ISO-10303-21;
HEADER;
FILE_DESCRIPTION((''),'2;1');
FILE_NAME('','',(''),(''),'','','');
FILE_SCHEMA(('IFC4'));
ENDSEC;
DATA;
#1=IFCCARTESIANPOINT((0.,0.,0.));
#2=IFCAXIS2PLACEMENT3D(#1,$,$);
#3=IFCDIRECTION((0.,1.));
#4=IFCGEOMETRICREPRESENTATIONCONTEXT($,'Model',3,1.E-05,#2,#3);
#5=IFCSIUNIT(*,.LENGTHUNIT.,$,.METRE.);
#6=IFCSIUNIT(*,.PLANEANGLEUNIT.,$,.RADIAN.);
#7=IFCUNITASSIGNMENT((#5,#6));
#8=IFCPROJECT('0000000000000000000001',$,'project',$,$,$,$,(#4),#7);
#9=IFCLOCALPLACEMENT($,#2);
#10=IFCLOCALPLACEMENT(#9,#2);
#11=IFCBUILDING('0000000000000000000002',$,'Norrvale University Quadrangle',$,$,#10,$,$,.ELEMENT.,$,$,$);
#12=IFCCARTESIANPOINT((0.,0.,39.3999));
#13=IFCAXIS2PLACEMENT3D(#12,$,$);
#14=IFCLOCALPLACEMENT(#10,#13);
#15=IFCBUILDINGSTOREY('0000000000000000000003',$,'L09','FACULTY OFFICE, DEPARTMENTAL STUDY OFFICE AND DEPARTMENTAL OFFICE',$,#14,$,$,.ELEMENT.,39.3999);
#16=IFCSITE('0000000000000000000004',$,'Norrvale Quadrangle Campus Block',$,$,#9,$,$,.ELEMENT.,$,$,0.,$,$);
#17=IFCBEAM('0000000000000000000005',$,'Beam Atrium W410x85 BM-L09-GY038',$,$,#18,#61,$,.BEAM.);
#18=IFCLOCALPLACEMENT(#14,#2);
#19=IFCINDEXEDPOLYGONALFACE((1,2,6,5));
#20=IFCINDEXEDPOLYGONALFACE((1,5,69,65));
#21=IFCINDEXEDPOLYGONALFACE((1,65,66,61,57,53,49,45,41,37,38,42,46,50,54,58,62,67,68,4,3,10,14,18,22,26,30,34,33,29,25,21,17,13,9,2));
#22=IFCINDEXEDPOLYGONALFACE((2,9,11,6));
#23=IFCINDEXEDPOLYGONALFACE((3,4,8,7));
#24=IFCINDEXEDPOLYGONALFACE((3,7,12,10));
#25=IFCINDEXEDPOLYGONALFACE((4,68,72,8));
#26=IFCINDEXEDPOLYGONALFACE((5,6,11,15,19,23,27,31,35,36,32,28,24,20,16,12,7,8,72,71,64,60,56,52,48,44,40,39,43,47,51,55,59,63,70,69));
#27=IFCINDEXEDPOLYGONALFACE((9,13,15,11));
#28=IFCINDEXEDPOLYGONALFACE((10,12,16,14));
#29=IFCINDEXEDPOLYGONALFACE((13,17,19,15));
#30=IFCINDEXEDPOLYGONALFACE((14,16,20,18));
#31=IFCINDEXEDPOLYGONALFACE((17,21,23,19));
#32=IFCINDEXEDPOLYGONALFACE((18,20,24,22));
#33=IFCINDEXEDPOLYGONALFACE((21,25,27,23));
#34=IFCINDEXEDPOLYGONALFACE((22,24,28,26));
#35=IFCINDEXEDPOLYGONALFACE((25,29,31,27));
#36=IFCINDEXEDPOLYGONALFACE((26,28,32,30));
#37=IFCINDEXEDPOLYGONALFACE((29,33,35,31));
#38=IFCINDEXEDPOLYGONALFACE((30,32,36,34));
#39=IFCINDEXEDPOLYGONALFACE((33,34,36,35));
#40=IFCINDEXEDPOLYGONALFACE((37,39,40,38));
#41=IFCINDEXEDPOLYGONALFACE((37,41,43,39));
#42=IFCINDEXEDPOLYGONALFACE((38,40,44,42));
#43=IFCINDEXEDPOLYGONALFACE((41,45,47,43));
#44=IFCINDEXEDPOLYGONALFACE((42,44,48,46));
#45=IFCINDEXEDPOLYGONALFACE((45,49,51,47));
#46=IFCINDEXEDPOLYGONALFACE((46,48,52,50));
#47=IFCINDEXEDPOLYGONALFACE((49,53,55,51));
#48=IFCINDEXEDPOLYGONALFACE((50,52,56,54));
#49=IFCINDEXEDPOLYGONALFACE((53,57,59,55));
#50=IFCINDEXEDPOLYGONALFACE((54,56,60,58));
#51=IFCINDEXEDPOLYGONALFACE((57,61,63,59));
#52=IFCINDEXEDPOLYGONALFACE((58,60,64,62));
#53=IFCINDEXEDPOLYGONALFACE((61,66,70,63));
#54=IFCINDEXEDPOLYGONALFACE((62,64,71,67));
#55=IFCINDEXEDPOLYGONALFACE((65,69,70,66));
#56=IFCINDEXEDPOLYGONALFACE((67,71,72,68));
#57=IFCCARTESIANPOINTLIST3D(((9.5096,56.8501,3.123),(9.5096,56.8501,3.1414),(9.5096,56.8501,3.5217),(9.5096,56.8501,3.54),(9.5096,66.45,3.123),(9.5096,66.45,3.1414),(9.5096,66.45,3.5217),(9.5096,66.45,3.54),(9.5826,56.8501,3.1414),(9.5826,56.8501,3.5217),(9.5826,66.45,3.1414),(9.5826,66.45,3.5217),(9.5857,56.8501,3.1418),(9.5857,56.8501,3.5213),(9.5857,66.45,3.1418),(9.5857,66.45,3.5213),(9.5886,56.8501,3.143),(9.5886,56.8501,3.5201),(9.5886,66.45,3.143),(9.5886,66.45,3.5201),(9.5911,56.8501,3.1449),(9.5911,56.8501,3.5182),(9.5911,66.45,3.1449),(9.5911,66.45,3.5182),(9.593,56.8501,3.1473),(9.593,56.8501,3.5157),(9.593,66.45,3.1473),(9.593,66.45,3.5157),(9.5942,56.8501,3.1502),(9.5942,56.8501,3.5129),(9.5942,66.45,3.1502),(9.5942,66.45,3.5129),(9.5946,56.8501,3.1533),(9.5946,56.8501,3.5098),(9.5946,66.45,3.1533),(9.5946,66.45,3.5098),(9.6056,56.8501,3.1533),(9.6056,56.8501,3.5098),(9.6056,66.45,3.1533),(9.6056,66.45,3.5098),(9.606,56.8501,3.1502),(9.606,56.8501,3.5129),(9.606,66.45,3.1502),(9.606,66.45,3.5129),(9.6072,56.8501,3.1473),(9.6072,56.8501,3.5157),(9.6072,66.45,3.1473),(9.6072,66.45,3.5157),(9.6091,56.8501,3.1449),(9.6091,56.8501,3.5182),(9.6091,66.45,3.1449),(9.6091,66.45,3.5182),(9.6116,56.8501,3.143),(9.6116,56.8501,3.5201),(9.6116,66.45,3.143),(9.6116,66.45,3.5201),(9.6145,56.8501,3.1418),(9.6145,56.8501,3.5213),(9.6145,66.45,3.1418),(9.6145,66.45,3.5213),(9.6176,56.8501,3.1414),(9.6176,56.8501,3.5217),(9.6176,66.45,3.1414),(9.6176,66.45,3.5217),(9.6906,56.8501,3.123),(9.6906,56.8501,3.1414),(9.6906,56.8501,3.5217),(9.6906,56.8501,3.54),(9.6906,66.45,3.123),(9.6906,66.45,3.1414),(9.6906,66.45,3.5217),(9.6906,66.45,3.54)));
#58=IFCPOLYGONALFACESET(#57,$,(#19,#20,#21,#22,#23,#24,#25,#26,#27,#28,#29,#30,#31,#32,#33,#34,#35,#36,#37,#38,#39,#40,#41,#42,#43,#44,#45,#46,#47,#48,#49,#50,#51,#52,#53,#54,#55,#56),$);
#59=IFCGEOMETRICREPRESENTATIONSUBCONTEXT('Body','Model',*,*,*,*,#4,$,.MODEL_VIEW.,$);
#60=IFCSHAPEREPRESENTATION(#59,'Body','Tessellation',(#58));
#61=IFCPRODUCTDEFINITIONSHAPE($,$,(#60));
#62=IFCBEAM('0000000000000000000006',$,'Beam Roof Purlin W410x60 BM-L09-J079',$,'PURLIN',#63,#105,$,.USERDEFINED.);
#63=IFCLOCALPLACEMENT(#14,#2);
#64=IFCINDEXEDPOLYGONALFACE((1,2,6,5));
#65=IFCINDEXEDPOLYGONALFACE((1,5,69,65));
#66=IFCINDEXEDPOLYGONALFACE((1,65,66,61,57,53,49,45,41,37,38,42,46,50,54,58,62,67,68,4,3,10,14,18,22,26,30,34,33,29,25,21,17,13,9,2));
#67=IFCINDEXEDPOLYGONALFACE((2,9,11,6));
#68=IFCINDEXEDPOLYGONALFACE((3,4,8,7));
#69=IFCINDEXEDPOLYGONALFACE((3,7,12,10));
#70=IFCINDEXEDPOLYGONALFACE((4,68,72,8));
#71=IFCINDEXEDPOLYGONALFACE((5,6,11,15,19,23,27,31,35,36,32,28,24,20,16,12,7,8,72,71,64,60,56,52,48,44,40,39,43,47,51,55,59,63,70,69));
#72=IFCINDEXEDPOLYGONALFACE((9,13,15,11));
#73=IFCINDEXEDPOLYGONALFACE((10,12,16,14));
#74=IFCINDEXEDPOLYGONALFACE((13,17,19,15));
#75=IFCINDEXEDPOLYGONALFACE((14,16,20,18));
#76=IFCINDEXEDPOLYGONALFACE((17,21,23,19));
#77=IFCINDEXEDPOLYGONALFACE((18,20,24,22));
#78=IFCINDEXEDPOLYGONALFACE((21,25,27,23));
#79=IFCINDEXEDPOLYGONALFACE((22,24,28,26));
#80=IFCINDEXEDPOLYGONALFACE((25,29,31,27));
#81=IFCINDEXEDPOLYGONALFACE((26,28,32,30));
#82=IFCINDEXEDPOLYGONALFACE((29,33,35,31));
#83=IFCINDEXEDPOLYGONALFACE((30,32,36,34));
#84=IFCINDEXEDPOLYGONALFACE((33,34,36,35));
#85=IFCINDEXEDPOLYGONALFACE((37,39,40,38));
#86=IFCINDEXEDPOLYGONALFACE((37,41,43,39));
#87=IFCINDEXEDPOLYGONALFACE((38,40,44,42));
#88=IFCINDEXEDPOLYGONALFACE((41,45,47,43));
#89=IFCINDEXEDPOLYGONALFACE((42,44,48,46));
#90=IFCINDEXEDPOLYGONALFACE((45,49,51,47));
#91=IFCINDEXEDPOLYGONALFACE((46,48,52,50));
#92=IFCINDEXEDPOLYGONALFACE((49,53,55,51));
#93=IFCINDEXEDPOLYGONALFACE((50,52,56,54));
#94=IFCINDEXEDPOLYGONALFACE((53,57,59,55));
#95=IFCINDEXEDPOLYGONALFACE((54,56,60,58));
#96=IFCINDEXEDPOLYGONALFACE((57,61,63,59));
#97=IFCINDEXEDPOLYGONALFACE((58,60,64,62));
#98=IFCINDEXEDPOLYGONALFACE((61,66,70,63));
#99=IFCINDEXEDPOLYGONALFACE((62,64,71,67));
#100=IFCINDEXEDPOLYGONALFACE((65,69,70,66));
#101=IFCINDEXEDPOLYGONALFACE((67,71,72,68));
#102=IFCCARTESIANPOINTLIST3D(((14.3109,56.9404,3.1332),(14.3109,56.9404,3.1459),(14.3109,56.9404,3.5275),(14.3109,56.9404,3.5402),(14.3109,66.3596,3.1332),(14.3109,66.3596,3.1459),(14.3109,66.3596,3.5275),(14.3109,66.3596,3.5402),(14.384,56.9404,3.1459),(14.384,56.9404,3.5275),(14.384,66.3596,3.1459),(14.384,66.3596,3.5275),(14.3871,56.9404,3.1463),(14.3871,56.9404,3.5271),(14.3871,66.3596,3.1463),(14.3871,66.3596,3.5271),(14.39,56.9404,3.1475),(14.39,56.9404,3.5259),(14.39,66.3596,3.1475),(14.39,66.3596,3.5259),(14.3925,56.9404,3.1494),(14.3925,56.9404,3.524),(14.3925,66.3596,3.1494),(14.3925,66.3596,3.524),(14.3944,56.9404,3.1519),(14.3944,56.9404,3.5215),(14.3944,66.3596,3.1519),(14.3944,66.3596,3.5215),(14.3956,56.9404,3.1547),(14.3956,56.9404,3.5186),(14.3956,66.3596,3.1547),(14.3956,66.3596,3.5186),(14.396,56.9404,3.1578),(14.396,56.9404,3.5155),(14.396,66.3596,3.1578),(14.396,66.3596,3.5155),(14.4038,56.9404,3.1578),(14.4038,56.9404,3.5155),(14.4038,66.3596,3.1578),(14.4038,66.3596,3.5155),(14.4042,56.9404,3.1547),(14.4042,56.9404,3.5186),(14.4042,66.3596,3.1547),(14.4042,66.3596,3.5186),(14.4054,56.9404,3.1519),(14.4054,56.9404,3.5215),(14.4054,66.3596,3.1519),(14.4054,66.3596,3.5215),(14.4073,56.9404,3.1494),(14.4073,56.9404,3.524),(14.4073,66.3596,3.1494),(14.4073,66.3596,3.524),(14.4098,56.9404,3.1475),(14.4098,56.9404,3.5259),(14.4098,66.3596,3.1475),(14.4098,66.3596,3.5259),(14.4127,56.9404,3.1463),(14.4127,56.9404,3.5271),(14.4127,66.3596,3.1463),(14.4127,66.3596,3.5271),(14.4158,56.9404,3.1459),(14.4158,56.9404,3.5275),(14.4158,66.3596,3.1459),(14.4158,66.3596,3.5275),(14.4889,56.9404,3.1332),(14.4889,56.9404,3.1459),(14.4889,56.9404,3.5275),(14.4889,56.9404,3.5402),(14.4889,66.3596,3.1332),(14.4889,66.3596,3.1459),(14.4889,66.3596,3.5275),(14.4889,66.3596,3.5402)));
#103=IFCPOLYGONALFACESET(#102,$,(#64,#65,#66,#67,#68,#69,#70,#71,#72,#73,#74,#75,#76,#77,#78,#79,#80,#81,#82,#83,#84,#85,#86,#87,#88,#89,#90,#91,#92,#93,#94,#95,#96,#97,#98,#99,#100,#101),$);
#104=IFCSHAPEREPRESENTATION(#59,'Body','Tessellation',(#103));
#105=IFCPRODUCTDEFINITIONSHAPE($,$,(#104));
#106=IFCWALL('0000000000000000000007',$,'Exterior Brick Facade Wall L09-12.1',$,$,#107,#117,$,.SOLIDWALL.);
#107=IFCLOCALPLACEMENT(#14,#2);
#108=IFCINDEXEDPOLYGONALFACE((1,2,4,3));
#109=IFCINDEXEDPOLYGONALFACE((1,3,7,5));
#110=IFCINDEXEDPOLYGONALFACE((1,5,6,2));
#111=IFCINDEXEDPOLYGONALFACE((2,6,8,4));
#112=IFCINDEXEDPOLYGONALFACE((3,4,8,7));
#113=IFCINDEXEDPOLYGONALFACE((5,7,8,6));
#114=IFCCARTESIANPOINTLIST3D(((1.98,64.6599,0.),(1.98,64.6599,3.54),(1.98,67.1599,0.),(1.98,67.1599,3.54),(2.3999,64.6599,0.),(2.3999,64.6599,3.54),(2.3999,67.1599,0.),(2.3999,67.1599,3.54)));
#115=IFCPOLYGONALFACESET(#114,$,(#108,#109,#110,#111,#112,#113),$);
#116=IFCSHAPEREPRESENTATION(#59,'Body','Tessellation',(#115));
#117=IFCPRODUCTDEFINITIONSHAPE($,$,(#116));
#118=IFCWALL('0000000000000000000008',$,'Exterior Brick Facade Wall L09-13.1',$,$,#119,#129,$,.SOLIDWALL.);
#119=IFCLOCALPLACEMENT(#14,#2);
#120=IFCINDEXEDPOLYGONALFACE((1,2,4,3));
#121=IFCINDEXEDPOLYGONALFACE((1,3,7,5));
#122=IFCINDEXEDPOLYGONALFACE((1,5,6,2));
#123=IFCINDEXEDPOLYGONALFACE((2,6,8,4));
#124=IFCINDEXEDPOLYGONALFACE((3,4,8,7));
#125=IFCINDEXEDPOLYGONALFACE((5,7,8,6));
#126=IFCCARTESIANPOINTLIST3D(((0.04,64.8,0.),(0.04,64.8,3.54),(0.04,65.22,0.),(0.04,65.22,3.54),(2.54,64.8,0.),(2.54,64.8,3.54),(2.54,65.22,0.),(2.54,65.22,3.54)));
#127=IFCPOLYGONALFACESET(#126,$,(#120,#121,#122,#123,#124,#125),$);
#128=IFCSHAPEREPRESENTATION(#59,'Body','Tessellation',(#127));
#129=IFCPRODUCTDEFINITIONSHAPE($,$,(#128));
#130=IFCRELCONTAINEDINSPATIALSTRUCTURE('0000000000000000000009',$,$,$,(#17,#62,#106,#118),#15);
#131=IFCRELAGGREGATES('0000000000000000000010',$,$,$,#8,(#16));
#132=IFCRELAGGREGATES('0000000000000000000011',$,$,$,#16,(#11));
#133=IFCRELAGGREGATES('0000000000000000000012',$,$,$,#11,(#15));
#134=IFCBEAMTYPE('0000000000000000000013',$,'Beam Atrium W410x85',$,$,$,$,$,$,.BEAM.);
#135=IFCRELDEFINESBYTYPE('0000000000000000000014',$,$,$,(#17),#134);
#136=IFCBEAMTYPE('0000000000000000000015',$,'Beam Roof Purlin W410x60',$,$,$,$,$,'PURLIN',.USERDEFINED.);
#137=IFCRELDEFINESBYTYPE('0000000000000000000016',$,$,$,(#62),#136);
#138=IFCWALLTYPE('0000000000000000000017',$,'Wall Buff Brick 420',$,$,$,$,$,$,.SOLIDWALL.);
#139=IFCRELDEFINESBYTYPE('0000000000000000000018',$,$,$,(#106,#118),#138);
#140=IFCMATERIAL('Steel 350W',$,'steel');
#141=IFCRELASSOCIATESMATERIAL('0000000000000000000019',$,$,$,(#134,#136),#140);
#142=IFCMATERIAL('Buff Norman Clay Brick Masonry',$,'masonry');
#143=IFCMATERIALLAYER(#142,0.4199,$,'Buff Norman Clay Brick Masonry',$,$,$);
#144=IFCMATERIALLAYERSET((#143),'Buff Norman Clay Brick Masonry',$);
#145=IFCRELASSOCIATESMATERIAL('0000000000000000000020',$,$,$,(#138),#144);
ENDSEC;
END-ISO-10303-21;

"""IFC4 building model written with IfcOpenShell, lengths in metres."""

from ifc_helpers import new_model, si_unit, direction, frame, frame_2d, origin, origin_2d, place, context, subcontext, project, spatial, rectangle, i_section, extrude, material, layer, layer_set, material_profile, profile_set, type_object, element, save


model = new_model("IFC4")

# Units and contexts
model_context = context("Model", 3, precision=1e-05, world=origin(), true_north=direction((0.0, 1.0)))
body_context = subcontext(model_context, "Body", "Model", "MODEL_VIEW")
ifc_project = project(units=[si_unit("LENGTHUNIT", "METRE"), si_unit("PLANEANGLEUNIT", "RADIAN")], contexts=[model_context])

# Site, building, storey
site_placement = place(None, origin())
site = spatial("IfcSite", under=ifc_project, at=site_placement, Name="Norrvale Quadrangle Campus Block", CompositionType="ELEMENT", RefElevation=0.0)
building_placement = place(site_placement, origin())
building = spatial("IfcBuilding", under=site, at=building_placement, Name="Norrvale University Quadrangle", CompositionType="ELEMENT")
storey_placement = place(building_placement, frame((0.0, 0.0, 39.3999)))
storey = spatial("IfcBuildingStorey", under=building, at=storey_placement, Name="L09", Description="FACULTY OFFICE, DEPARTMENTAL STUDY OFFICE AND DEPARTMENTAL OFFICE", CompositionType="ELEMENT", Elevation=39.3999)

# Beams
ifc_material_1 = material(Name="Steel 350W", Category="steel")
ifc_material_profile_1 = material_profile(ifc_material_1, i_section(OverallWidth=0.1809, OverallDepth=0.417, WebThickness=0.011, FlangeThickness=0.0183, FilletRadius=0.012, at=origin_2d()), Name="Steel 350W")
ifc_profile_set_1 = profile_set([ifc_material_profile_1], Name="Steel 350W")
beam_type_1 = type_object("IfcBeamType", Name="Beam Atrium W410x85", PredefinedType="BEAM", material=ifc_profile_set_1)
for number, where, z_axis, x_axis, name in (
    (1, (9.6001, 56.8501, 3.3315), (0.0, 1.0, 0.0), (-1.0, 0.0, 0.0), "Beam Atrium W410x85 BM-L09-GY038"),
):
    element("IfcBeam", number, at=place(storey_placement, frame(where, z_axis=z_axis, x_axis=x_axis)), inside=storey, type_object=beam_type_1, Name=name, PredefinedType="BEAM", context=body_context, shape_type="SweptSolid", body=[
        extrude(i_section(OverallWidth=0.1809, OverallDepth=0.417, WebThickness=0.011, FlangeThickness=0.0183, FilletRadius=0.012, at=origin_2d()), origin(), (0.0, 0.0, 1.0), 9.5999),
    ])
ifc_material_profile_2 = material_profile(ifc_material_1, i_section(OverallWidth=0.178, OverallDepth=0.407, WebThickness=0.0078, FlangeThickness=0.0127, FilletRadius=0.012, at=origin_2d()), Name="Steel 350W")
ifc_profile_set_2 = profile_set([ifc_material_profile_2], Name="Steel 350W")
beam_type_2 = type_object("IfcBeamType", Name="Beam Roof Purlin W410x60", ElementType="PURLIN", PredefinedType="USERDEFINED", material=ifc_profile_set_2)
beam_1_placement = place(storey_placement, frame((14.3999, 56.9404, 3.3367), z_axis=(0.0, 1.0, 0.0), x_axis=(-1.0, 0.0, 0.0)))
element("IfcBeam", 2, at=beam_1_placement, inside=storey, type_object=beam_type_2, Name="Beam Roof Purlin W410x60 BM-L09-J079", ObjectType="PURLIN", PredefinedType="USERDEFINED", context=body_context, shape_type="SweptSolid", body=[
    extrude(i_section(OverallWidth=0.178, OverallDepth=0.407, WebThickness=0.0078, FlangeThickness=0.0127, FilletRadius=0.012, at=origin_2d()), origin(), (0.0, 0.0, 1.0), 9.4192),
])

# Walls
ifc_material_2 = material(Name="Buff Norman Clay Brick Masonry", Category="masonry")
ifc_layer = layer(ifc_material_2, 0.4199, Name="Buff Norman Clay Brick Masonry")
ifc_layer_set = layer_set([ifc_layer], Name="Buff Norman Clay Brick Masonry")
wall_type = type_object("IfcWallType", Name="Wall Buff Brick 420", PredefinedType="SOLIDWALL", material=ifc_layer_set)
for number, where, z_axis, x_axis, name in (
    (3, (2.1899, 67.1599, 0.0), (0.0, 0.0, 1.0), (0.0, -1.0, 0.0), "Exterior Brick Facade Wall L09-12.1"),
    (4, (2.54, 65.01, 0.0), (0.0, 0.0, 1.0), (-1.0, 0.0, 0.0), "Exterior Brick Facade Wall L09-13.1"),
):
    element("IfcWall", number, at=place(storey_placement, frame(where, z_axis=z_axis, x_axis=x_axis)), inside=storey, type_object=wall_type, Name=name, PredefinedType="SOLIDWALL", context=body_context, shape_type="SweptSolid", body=[
        extrude(rectangle(XDim=2.5, YDim=0.4199, at=frame_2d((1.25, 0.0))), origin(), (0.0, 0.0, 1.0), 3.54),
    ])

save(model, "model.ifc")
